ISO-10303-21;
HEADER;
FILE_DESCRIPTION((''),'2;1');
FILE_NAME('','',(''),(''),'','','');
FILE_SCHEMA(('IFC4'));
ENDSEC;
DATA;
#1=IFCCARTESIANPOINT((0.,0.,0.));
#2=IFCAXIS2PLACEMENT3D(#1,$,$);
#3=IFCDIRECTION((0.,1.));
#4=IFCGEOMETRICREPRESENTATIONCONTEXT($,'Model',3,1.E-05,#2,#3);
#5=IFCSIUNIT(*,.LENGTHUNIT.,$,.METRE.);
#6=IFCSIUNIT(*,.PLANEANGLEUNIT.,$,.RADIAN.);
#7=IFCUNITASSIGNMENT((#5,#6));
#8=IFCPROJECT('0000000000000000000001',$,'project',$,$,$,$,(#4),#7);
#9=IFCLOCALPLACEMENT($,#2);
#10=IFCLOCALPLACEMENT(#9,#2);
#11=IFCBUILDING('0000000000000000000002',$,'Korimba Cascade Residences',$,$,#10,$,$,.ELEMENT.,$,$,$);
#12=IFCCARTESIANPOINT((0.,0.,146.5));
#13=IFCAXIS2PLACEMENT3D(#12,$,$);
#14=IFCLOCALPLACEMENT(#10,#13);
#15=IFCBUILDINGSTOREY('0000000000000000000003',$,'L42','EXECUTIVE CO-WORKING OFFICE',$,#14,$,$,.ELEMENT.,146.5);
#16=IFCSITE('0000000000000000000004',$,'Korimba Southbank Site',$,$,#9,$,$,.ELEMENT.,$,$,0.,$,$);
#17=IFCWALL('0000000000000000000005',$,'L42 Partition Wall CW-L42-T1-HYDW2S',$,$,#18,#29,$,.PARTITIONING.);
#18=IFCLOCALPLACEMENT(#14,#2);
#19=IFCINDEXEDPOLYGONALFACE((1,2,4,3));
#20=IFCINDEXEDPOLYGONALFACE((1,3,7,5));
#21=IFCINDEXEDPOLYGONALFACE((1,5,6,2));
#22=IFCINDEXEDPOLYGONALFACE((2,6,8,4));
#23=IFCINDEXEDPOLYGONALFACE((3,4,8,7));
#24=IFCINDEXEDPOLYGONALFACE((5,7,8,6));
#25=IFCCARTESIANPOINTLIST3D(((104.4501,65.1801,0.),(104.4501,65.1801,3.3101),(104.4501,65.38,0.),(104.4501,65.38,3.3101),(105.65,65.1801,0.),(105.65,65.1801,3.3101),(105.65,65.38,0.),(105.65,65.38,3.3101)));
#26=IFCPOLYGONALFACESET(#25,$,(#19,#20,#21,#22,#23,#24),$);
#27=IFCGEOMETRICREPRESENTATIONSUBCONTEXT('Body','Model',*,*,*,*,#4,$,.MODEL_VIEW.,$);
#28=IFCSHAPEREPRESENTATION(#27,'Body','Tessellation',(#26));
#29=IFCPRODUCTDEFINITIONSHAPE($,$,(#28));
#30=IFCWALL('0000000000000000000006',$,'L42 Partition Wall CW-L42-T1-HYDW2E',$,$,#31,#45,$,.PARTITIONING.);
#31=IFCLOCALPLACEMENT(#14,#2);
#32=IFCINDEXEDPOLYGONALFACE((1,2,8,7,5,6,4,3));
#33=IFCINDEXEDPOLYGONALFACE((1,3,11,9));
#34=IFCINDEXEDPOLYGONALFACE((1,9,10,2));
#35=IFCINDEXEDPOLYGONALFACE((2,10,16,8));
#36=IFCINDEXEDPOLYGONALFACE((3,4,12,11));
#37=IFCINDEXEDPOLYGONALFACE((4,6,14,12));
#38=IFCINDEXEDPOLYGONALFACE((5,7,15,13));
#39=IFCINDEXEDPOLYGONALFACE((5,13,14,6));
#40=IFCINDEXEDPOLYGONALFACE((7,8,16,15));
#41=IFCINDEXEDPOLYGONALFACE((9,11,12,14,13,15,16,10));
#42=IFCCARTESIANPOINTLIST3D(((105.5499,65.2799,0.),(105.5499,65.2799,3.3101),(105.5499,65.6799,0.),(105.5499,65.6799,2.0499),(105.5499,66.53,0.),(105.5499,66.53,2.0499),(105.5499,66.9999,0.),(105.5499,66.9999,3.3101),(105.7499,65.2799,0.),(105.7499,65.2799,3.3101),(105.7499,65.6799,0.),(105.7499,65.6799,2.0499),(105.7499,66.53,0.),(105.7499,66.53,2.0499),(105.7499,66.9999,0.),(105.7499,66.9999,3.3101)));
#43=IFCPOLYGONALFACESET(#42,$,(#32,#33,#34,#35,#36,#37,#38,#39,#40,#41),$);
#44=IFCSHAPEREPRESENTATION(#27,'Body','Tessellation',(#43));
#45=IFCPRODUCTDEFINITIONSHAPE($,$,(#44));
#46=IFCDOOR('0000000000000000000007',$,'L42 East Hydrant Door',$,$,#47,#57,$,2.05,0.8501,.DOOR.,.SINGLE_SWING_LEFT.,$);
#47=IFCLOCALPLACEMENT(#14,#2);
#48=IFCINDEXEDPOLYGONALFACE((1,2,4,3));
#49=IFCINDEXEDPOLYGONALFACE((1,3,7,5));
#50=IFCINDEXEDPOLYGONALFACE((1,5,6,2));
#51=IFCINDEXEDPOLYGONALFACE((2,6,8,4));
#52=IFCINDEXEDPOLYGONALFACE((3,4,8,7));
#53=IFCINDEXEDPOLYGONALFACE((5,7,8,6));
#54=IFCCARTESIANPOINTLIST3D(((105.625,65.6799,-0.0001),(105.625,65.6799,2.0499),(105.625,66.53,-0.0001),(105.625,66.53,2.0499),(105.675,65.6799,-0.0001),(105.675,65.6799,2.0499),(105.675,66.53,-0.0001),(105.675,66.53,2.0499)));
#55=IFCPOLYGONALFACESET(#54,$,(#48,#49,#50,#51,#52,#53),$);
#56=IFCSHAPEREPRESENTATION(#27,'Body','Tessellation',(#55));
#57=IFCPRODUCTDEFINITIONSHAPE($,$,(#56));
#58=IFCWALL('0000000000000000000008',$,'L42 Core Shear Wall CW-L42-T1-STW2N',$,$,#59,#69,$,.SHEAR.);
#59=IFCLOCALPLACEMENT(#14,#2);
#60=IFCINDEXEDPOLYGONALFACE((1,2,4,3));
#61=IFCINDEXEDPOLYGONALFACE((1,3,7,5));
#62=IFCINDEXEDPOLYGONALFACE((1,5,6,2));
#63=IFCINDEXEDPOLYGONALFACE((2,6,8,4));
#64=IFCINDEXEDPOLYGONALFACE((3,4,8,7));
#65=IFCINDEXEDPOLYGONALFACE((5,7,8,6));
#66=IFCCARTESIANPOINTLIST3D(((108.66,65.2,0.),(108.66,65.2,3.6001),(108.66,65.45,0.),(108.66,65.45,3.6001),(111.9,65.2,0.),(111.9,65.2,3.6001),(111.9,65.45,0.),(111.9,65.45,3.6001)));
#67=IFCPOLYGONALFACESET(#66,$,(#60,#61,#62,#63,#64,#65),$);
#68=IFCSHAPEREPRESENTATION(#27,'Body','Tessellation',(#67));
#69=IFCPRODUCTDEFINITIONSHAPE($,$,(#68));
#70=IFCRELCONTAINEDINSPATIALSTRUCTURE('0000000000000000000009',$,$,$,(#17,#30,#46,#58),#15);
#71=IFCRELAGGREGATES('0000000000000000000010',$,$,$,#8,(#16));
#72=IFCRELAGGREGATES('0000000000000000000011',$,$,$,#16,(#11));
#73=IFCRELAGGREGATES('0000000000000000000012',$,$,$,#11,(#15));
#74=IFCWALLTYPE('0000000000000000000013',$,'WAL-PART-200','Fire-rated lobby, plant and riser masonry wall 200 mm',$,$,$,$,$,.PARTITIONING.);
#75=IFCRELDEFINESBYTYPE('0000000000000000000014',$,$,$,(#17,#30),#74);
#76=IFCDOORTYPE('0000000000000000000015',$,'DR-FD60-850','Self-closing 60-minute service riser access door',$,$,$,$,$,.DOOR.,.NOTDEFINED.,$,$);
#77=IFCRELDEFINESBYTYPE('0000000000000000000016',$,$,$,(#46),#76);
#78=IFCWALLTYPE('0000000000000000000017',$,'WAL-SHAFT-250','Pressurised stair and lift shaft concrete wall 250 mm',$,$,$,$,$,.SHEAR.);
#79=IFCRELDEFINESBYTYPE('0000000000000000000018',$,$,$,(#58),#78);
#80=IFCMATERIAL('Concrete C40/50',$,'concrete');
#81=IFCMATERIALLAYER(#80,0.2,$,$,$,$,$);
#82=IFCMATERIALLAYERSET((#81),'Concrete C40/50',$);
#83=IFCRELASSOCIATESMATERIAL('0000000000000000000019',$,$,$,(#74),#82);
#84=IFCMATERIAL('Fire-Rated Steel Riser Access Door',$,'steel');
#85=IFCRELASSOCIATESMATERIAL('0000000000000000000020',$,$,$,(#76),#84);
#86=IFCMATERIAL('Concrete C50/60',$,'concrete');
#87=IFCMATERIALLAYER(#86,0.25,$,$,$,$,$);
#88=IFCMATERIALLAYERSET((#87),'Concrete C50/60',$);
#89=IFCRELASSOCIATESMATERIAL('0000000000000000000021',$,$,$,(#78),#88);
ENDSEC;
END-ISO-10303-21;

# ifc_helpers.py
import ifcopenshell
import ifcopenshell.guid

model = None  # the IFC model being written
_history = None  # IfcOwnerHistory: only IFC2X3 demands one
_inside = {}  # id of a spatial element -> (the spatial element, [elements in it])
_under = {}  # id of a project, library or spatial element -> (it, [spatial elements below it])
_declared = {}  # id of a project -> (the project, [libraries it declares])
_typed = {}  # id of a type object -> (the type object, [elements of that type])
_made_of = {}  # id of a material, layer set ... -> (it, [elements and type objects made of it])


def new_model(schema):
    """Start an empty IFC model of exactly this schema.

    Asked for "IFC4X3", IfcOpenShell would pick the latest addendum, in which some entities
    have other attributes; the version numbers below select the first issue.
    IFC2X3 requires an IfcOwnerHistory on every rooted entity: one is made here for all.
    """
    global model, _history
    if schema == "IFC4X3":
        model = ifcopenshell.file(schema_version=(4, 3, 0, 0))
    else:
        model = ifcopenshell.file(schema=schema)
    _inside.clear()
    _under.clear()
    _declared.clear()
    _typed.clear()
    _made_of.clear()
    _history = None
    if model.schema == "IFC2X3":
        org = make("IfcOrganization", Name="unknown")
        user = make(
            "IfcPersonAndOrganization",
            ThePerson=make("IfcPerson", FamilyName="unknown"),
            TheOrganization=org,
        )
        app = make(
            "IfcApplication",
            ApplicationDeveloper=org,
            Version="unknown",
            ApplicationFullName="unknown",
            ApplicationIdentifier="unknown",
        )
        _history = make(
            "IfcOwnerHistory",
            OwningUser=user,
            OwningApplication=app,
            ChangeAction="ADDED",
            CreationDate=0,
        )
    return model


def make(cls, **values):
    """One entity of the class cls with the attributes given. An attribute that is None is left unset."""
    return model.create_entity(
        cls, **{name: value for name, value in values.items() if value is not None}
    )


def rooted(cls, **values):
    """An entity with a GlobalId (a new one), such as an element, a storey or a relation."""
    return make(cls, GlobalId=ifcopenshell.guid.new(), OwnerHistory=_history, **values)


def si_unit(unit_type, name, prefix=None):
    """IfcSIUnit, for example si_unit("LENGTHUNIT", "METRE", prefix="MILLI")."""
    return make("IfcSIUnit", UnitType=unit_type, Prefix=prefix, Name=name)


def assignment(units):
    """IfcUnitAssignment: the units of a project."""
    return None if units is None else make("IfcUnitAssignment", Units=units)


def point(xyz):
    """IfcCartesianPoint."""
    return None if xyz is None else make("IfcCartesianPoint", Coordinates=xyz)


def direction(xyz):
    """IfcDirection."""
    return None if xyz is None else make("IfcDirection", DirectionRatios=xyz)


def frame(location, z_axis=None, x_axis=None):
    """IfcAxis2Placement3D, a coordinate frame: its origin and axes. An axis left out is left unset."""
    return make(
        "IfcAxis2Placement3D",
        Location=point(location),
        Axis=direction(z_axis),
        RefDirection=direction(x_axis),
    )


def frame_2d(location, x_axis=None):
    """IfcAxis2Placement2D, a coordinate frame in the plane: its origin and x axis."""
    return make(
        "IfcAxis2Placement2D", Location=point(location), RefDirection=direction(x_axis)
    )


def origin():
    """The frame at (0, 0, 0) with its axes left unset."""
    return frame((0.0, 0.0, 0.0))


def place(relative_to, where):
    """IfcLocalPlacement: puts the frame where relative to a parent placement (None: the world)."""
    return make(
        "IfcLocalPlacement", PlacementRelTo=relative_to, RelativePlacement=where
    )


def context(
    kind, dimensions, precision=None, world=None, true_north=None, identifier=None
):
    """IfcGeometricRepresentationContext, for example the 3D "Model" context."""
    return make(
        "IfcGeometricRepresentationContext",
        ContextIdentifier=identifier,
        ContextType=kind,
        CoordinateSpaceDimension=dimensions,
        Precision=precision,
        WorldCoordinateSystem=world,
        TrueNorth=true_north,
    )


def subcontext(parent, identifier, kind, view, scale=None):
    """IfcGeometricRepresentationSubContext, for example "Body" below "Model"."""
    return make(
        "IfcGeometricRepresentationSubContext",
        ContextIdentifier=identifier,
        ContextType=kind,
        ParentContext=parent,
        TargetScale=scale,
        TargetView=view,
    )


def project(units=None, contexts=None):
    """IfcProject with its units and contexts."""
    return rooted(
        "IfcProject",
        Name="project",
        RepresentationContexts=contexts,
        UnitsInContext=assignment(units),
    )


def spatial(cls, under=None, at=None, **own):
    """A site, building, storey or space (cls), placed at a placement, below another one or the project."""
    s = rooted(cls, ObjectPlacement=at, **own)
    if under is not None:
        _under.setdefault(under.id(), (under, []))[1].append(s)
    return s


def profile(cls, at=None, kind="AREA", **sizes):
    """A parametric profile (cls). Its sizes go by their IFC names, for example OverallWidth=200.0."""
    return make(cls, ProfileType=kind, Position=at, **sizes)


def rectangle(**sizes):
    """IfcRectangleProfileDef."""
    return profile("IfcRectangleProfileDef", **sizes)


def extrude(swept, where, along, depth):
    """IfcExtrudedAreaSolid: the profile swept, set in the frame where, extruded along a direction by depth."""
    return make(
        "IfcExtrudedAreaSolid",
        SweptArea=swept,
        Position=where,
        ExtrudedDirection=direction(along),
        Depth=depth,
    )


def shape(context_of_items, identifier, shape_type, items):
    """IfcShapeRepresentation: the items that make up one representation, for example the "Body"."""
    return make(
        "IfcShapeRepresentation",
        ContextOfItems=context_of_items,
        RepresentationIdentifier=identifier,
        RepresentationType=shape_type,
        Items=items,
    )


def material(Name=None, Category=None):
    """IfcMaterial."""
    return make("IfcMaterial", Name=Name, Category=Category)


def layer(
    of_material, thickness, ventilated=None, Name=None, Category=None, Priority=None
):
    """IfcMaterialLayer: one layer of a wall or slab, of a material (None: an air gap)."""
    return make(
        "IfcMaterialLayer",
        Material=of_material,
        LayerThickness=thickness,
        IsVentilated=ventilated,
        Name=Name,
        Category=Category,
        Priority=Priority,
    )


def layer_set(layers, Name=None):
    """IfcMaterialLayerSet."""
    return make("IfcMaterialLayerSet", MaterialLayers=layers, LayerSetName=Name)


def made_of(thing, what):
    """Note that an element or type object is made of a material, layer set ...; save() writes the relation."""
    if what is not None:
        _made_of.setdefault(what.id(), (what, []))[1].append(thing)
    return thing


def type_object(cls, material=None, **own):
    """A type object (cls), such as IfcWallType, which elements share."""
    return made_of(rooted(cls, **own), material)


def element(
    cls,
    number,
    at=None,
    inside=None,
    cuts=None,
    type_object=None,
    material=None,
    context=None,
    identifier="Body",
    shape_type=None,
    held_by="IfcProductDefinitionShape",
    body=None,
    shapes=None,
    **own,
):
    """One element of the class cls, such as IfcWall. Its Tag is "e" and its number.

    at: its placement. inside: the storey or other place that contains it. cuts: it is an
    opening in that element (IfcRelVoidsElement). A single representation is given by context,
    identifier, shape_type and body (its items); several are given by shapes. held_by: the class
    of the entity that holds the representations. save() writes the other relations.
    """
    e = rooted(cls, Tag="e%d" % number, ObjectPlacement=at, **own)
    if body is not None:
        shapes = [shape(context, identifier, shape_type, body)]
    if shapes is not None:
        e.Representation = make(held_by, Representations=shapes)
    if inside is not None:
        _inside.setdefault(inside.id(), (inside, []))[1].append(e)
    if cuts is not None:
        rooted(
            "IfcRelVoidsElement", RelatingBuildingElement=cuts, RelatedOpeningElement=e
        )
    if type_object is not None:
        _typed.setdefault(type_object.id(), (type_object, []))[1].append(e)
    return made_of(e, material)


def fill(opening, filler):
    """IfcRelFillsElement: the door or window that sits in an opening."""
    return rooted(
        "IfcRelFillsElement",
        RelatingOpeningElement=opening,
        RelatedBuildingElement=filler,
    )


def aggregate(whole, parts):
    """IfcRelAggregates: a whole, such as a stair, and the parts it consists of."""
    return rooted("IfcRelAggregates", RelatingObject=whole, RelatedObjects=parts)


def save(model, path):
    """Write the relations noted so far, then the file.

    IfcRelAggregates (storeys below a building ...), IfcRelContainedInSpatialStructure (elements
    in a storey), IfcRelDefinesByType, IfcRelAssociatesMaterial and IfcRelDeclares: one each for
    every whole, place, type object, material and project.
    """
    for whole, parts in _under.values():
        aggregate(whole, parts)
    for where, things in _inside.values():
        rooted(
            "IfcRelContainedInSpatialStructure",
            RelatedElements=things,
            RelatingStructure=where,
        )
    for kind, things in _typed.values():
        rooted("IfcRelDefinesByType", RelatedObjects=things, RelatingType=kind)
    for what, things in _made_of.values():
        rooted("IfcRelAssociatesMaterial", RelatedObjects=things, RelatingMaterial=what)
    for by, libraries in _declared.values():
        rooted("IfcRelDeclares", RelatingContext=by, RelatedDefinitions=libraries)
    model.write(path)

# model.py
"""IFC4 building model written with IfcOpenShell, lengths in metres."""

from ifc_helpers import new_model, si_unit, direction, frame, frame_2d, origin, place, context, subcontext, project, spatial, rectangle, extrude, material, layer, layer_set, type_object, element, fill, save


model = new_model("IFC4")

# Units and contexts
model_context = context("Model", 3, precision=1e-05, world=origin(), true_north=direction((0.0, 1.0)))
body_context = subcontext(model_context, "Body", "Model", "MODEL_VIEW")
ifc_project = project(units=[si_unit("LENGTHUNIT", "METRE"), si_unit("PLANEANGLEUNIT", "RADIAN")], contexts=[model_context])

# Site, building, storey
site_placement = place(None, origin())
site = spatial("IfcSite", under=ifc_project, at=site_placement, Name="Korimba Southbank Site", CompositionType="ELEMENT", RefElevation=0.0)
building_placement = place(site_placement, origin())
building = spatial("IfcBuilding", under=site, at=building_placement, Name="Korimba Cascade Residences", CompositionType="ELEMENT")
storey_placement = place(building_placement, frame((0.0, 0.0, 146.5)))
storey = spatial("IfcBuildingStorey", under=building, at=storey_placement, Name="L42", Description="EXECUTIVE CO-WORKING OFFICE", CompositionType="ELEMENT", Elevation=146.5)

# Wall
ifc_material_1 = material(Name="Concrete C40/50", Category="concrete")
ifc_layer_1 = layer(ifc_material_1, 0.2)
ifc_layer_set_1 = layer_set([ifc_layer_1], Name="Concrete C40/50")
wall_type_1 = type_object("IfcWallType", Name="WAL-PART-200", Description="Fire-rated lobby, plant and riser masonry wall 200 mm", PredefinedType="PARTITIONING", material=ifc_layer_set_1)
wall_1_placement = place(storey_placement, frame((104.45, 65.28, 0.0), z_axis=(0.0, 0.0, 1.0), x_axis=(1.0, 0.0, 0.0)))
element("IfcWall", 1, at=wall_1_placement, inside=storey, type_object=wall_type_1, Name="L42 Partition Wall CW-L42-T1-HYDW2S", PredefinedType="PARTITIONING", context=body_context, shape_type="SweptSolid", body=[
    extrude(rectangle(XDim=1.2, YDim=0.2, at=frame_2d((0.6001, 0.0))), origin(), (0.0, 0.0, 1.0), 3.3101),
])

# Wall, opening, door
wall_2_placement = place(storey_placement, frame((105.6499, 65.28, 0.0), z_axis=(0.0, 0.0, 1.0), x_axis=(0.0, 1.0, 0.0)))
wall_2 = element("IfcWall", 2, at=wall_2_placement, inside=storey, type_object=wall_type_1, Name="L42 Partition Wall CW-L42-T1-HYDW2E", PredefinedType="PARTITIONING", context=body_context, shape_type="SweptSolid", body=[
    extrude(rectangle(XDim=1.72, YDim=0.2, at=frame_2d((0.8599, 0.0))), origin(), (0.0, 0.0, 1.0), 3.3101),
])
opening_1_placement = place(wall_2_placement, frame((0.3999, 0.0, 0.0)))
opening_1 = element("IfcOpeningElement", 3, at=opening_1_placement, cuts=wall_2, PredefinedType="OPENING", context=body_context, shape_type="SweptSolid", body=[
    extrude(rectangle(XDim=0.8501, YDim=2.05, at=frame_2d((0.425, 1.0249))), frame((0.0, 0.1099, 0.0), z_axis=(0.0, -1.0, 0.0), x_axis=(1.0, 0.0, 0.0)), (0.0, 0.0, 1.0), 0.22),
])
ifc_material_2 = material(Name="Fire-Rated Steel Riser Access Door", Category="steel")
door_type_1 = type_object("IfcDoorType", Name="DR-FD60-850", Description="Self-closing 60-minute service riser access door", OperationType="NOTDEFINED", PredefinedType="DOOR", material=ifc_material_2)
door_1_placement = place(opening_1_placement, origin())
door_1 = element("IfcDoor", 4, at=door_1_placement, inside=storey, type_object=door_type_1, Name="L42 East Hydrant Door", OperationType="SINGLE_SWING_LEFT", OverallHeight=2.05, OverallWidth=0.8501, PredefinedType="DOOR", context=body_context, shape_type="SweptSolid", body=[
    extrude(rectangle(XDim=0.8501, YDim=2.05, at=frame_2d((0.425, 1.0249))), frame((0.0, 0.0249, 0.0), z_axis=(0.0, -1.0, 0.0), x_axis=(1.0, 0.0, 0.0)), (0.0, 0.0, 1.0), 0.05),
])
fill(opening_1, door_1)

# Wall
ifc_material_3 = material(Name="Concrete C50/60", Category="concrete")
ifc_layer_2 = layer(ifc_material_3, 0.25)
ifc_layer_set_2 = layer_set([ifc_layer_2], Name="Concrete C50/60")
wall_type_2 = type_object("IfcWallType", Name="WAL-SHAFT-250", Description="Pressurised stair and lift shaft concrete wall 250 mm", PredefinedType="SHEAR", material=ifc_layer_set_2)
wall_3_placement = place(storey_placement, frame((108.6599, 65.325, 0.0), z_axis=(0.0, 0.0, 1.0), x_axis=(1.0, 0.0, 0.0)))
element("IfcWall", 5, at=wall_3_placement, inside=storey, type_object=wall_type_2, Name="L42 Core Shear Wall CW-L42-T1-STW2N", PredefinedType="SHEAR", context=body_context, shape_type="SweptSolid", body=[
    extrude(rectangle(XDim=3.24, YDim=0.25, at=frame_2d((1.6201, 0.0))), origin(), (0.0, 0.0, 1.0), 3.6001),
])

save(model, "model.ifc")
